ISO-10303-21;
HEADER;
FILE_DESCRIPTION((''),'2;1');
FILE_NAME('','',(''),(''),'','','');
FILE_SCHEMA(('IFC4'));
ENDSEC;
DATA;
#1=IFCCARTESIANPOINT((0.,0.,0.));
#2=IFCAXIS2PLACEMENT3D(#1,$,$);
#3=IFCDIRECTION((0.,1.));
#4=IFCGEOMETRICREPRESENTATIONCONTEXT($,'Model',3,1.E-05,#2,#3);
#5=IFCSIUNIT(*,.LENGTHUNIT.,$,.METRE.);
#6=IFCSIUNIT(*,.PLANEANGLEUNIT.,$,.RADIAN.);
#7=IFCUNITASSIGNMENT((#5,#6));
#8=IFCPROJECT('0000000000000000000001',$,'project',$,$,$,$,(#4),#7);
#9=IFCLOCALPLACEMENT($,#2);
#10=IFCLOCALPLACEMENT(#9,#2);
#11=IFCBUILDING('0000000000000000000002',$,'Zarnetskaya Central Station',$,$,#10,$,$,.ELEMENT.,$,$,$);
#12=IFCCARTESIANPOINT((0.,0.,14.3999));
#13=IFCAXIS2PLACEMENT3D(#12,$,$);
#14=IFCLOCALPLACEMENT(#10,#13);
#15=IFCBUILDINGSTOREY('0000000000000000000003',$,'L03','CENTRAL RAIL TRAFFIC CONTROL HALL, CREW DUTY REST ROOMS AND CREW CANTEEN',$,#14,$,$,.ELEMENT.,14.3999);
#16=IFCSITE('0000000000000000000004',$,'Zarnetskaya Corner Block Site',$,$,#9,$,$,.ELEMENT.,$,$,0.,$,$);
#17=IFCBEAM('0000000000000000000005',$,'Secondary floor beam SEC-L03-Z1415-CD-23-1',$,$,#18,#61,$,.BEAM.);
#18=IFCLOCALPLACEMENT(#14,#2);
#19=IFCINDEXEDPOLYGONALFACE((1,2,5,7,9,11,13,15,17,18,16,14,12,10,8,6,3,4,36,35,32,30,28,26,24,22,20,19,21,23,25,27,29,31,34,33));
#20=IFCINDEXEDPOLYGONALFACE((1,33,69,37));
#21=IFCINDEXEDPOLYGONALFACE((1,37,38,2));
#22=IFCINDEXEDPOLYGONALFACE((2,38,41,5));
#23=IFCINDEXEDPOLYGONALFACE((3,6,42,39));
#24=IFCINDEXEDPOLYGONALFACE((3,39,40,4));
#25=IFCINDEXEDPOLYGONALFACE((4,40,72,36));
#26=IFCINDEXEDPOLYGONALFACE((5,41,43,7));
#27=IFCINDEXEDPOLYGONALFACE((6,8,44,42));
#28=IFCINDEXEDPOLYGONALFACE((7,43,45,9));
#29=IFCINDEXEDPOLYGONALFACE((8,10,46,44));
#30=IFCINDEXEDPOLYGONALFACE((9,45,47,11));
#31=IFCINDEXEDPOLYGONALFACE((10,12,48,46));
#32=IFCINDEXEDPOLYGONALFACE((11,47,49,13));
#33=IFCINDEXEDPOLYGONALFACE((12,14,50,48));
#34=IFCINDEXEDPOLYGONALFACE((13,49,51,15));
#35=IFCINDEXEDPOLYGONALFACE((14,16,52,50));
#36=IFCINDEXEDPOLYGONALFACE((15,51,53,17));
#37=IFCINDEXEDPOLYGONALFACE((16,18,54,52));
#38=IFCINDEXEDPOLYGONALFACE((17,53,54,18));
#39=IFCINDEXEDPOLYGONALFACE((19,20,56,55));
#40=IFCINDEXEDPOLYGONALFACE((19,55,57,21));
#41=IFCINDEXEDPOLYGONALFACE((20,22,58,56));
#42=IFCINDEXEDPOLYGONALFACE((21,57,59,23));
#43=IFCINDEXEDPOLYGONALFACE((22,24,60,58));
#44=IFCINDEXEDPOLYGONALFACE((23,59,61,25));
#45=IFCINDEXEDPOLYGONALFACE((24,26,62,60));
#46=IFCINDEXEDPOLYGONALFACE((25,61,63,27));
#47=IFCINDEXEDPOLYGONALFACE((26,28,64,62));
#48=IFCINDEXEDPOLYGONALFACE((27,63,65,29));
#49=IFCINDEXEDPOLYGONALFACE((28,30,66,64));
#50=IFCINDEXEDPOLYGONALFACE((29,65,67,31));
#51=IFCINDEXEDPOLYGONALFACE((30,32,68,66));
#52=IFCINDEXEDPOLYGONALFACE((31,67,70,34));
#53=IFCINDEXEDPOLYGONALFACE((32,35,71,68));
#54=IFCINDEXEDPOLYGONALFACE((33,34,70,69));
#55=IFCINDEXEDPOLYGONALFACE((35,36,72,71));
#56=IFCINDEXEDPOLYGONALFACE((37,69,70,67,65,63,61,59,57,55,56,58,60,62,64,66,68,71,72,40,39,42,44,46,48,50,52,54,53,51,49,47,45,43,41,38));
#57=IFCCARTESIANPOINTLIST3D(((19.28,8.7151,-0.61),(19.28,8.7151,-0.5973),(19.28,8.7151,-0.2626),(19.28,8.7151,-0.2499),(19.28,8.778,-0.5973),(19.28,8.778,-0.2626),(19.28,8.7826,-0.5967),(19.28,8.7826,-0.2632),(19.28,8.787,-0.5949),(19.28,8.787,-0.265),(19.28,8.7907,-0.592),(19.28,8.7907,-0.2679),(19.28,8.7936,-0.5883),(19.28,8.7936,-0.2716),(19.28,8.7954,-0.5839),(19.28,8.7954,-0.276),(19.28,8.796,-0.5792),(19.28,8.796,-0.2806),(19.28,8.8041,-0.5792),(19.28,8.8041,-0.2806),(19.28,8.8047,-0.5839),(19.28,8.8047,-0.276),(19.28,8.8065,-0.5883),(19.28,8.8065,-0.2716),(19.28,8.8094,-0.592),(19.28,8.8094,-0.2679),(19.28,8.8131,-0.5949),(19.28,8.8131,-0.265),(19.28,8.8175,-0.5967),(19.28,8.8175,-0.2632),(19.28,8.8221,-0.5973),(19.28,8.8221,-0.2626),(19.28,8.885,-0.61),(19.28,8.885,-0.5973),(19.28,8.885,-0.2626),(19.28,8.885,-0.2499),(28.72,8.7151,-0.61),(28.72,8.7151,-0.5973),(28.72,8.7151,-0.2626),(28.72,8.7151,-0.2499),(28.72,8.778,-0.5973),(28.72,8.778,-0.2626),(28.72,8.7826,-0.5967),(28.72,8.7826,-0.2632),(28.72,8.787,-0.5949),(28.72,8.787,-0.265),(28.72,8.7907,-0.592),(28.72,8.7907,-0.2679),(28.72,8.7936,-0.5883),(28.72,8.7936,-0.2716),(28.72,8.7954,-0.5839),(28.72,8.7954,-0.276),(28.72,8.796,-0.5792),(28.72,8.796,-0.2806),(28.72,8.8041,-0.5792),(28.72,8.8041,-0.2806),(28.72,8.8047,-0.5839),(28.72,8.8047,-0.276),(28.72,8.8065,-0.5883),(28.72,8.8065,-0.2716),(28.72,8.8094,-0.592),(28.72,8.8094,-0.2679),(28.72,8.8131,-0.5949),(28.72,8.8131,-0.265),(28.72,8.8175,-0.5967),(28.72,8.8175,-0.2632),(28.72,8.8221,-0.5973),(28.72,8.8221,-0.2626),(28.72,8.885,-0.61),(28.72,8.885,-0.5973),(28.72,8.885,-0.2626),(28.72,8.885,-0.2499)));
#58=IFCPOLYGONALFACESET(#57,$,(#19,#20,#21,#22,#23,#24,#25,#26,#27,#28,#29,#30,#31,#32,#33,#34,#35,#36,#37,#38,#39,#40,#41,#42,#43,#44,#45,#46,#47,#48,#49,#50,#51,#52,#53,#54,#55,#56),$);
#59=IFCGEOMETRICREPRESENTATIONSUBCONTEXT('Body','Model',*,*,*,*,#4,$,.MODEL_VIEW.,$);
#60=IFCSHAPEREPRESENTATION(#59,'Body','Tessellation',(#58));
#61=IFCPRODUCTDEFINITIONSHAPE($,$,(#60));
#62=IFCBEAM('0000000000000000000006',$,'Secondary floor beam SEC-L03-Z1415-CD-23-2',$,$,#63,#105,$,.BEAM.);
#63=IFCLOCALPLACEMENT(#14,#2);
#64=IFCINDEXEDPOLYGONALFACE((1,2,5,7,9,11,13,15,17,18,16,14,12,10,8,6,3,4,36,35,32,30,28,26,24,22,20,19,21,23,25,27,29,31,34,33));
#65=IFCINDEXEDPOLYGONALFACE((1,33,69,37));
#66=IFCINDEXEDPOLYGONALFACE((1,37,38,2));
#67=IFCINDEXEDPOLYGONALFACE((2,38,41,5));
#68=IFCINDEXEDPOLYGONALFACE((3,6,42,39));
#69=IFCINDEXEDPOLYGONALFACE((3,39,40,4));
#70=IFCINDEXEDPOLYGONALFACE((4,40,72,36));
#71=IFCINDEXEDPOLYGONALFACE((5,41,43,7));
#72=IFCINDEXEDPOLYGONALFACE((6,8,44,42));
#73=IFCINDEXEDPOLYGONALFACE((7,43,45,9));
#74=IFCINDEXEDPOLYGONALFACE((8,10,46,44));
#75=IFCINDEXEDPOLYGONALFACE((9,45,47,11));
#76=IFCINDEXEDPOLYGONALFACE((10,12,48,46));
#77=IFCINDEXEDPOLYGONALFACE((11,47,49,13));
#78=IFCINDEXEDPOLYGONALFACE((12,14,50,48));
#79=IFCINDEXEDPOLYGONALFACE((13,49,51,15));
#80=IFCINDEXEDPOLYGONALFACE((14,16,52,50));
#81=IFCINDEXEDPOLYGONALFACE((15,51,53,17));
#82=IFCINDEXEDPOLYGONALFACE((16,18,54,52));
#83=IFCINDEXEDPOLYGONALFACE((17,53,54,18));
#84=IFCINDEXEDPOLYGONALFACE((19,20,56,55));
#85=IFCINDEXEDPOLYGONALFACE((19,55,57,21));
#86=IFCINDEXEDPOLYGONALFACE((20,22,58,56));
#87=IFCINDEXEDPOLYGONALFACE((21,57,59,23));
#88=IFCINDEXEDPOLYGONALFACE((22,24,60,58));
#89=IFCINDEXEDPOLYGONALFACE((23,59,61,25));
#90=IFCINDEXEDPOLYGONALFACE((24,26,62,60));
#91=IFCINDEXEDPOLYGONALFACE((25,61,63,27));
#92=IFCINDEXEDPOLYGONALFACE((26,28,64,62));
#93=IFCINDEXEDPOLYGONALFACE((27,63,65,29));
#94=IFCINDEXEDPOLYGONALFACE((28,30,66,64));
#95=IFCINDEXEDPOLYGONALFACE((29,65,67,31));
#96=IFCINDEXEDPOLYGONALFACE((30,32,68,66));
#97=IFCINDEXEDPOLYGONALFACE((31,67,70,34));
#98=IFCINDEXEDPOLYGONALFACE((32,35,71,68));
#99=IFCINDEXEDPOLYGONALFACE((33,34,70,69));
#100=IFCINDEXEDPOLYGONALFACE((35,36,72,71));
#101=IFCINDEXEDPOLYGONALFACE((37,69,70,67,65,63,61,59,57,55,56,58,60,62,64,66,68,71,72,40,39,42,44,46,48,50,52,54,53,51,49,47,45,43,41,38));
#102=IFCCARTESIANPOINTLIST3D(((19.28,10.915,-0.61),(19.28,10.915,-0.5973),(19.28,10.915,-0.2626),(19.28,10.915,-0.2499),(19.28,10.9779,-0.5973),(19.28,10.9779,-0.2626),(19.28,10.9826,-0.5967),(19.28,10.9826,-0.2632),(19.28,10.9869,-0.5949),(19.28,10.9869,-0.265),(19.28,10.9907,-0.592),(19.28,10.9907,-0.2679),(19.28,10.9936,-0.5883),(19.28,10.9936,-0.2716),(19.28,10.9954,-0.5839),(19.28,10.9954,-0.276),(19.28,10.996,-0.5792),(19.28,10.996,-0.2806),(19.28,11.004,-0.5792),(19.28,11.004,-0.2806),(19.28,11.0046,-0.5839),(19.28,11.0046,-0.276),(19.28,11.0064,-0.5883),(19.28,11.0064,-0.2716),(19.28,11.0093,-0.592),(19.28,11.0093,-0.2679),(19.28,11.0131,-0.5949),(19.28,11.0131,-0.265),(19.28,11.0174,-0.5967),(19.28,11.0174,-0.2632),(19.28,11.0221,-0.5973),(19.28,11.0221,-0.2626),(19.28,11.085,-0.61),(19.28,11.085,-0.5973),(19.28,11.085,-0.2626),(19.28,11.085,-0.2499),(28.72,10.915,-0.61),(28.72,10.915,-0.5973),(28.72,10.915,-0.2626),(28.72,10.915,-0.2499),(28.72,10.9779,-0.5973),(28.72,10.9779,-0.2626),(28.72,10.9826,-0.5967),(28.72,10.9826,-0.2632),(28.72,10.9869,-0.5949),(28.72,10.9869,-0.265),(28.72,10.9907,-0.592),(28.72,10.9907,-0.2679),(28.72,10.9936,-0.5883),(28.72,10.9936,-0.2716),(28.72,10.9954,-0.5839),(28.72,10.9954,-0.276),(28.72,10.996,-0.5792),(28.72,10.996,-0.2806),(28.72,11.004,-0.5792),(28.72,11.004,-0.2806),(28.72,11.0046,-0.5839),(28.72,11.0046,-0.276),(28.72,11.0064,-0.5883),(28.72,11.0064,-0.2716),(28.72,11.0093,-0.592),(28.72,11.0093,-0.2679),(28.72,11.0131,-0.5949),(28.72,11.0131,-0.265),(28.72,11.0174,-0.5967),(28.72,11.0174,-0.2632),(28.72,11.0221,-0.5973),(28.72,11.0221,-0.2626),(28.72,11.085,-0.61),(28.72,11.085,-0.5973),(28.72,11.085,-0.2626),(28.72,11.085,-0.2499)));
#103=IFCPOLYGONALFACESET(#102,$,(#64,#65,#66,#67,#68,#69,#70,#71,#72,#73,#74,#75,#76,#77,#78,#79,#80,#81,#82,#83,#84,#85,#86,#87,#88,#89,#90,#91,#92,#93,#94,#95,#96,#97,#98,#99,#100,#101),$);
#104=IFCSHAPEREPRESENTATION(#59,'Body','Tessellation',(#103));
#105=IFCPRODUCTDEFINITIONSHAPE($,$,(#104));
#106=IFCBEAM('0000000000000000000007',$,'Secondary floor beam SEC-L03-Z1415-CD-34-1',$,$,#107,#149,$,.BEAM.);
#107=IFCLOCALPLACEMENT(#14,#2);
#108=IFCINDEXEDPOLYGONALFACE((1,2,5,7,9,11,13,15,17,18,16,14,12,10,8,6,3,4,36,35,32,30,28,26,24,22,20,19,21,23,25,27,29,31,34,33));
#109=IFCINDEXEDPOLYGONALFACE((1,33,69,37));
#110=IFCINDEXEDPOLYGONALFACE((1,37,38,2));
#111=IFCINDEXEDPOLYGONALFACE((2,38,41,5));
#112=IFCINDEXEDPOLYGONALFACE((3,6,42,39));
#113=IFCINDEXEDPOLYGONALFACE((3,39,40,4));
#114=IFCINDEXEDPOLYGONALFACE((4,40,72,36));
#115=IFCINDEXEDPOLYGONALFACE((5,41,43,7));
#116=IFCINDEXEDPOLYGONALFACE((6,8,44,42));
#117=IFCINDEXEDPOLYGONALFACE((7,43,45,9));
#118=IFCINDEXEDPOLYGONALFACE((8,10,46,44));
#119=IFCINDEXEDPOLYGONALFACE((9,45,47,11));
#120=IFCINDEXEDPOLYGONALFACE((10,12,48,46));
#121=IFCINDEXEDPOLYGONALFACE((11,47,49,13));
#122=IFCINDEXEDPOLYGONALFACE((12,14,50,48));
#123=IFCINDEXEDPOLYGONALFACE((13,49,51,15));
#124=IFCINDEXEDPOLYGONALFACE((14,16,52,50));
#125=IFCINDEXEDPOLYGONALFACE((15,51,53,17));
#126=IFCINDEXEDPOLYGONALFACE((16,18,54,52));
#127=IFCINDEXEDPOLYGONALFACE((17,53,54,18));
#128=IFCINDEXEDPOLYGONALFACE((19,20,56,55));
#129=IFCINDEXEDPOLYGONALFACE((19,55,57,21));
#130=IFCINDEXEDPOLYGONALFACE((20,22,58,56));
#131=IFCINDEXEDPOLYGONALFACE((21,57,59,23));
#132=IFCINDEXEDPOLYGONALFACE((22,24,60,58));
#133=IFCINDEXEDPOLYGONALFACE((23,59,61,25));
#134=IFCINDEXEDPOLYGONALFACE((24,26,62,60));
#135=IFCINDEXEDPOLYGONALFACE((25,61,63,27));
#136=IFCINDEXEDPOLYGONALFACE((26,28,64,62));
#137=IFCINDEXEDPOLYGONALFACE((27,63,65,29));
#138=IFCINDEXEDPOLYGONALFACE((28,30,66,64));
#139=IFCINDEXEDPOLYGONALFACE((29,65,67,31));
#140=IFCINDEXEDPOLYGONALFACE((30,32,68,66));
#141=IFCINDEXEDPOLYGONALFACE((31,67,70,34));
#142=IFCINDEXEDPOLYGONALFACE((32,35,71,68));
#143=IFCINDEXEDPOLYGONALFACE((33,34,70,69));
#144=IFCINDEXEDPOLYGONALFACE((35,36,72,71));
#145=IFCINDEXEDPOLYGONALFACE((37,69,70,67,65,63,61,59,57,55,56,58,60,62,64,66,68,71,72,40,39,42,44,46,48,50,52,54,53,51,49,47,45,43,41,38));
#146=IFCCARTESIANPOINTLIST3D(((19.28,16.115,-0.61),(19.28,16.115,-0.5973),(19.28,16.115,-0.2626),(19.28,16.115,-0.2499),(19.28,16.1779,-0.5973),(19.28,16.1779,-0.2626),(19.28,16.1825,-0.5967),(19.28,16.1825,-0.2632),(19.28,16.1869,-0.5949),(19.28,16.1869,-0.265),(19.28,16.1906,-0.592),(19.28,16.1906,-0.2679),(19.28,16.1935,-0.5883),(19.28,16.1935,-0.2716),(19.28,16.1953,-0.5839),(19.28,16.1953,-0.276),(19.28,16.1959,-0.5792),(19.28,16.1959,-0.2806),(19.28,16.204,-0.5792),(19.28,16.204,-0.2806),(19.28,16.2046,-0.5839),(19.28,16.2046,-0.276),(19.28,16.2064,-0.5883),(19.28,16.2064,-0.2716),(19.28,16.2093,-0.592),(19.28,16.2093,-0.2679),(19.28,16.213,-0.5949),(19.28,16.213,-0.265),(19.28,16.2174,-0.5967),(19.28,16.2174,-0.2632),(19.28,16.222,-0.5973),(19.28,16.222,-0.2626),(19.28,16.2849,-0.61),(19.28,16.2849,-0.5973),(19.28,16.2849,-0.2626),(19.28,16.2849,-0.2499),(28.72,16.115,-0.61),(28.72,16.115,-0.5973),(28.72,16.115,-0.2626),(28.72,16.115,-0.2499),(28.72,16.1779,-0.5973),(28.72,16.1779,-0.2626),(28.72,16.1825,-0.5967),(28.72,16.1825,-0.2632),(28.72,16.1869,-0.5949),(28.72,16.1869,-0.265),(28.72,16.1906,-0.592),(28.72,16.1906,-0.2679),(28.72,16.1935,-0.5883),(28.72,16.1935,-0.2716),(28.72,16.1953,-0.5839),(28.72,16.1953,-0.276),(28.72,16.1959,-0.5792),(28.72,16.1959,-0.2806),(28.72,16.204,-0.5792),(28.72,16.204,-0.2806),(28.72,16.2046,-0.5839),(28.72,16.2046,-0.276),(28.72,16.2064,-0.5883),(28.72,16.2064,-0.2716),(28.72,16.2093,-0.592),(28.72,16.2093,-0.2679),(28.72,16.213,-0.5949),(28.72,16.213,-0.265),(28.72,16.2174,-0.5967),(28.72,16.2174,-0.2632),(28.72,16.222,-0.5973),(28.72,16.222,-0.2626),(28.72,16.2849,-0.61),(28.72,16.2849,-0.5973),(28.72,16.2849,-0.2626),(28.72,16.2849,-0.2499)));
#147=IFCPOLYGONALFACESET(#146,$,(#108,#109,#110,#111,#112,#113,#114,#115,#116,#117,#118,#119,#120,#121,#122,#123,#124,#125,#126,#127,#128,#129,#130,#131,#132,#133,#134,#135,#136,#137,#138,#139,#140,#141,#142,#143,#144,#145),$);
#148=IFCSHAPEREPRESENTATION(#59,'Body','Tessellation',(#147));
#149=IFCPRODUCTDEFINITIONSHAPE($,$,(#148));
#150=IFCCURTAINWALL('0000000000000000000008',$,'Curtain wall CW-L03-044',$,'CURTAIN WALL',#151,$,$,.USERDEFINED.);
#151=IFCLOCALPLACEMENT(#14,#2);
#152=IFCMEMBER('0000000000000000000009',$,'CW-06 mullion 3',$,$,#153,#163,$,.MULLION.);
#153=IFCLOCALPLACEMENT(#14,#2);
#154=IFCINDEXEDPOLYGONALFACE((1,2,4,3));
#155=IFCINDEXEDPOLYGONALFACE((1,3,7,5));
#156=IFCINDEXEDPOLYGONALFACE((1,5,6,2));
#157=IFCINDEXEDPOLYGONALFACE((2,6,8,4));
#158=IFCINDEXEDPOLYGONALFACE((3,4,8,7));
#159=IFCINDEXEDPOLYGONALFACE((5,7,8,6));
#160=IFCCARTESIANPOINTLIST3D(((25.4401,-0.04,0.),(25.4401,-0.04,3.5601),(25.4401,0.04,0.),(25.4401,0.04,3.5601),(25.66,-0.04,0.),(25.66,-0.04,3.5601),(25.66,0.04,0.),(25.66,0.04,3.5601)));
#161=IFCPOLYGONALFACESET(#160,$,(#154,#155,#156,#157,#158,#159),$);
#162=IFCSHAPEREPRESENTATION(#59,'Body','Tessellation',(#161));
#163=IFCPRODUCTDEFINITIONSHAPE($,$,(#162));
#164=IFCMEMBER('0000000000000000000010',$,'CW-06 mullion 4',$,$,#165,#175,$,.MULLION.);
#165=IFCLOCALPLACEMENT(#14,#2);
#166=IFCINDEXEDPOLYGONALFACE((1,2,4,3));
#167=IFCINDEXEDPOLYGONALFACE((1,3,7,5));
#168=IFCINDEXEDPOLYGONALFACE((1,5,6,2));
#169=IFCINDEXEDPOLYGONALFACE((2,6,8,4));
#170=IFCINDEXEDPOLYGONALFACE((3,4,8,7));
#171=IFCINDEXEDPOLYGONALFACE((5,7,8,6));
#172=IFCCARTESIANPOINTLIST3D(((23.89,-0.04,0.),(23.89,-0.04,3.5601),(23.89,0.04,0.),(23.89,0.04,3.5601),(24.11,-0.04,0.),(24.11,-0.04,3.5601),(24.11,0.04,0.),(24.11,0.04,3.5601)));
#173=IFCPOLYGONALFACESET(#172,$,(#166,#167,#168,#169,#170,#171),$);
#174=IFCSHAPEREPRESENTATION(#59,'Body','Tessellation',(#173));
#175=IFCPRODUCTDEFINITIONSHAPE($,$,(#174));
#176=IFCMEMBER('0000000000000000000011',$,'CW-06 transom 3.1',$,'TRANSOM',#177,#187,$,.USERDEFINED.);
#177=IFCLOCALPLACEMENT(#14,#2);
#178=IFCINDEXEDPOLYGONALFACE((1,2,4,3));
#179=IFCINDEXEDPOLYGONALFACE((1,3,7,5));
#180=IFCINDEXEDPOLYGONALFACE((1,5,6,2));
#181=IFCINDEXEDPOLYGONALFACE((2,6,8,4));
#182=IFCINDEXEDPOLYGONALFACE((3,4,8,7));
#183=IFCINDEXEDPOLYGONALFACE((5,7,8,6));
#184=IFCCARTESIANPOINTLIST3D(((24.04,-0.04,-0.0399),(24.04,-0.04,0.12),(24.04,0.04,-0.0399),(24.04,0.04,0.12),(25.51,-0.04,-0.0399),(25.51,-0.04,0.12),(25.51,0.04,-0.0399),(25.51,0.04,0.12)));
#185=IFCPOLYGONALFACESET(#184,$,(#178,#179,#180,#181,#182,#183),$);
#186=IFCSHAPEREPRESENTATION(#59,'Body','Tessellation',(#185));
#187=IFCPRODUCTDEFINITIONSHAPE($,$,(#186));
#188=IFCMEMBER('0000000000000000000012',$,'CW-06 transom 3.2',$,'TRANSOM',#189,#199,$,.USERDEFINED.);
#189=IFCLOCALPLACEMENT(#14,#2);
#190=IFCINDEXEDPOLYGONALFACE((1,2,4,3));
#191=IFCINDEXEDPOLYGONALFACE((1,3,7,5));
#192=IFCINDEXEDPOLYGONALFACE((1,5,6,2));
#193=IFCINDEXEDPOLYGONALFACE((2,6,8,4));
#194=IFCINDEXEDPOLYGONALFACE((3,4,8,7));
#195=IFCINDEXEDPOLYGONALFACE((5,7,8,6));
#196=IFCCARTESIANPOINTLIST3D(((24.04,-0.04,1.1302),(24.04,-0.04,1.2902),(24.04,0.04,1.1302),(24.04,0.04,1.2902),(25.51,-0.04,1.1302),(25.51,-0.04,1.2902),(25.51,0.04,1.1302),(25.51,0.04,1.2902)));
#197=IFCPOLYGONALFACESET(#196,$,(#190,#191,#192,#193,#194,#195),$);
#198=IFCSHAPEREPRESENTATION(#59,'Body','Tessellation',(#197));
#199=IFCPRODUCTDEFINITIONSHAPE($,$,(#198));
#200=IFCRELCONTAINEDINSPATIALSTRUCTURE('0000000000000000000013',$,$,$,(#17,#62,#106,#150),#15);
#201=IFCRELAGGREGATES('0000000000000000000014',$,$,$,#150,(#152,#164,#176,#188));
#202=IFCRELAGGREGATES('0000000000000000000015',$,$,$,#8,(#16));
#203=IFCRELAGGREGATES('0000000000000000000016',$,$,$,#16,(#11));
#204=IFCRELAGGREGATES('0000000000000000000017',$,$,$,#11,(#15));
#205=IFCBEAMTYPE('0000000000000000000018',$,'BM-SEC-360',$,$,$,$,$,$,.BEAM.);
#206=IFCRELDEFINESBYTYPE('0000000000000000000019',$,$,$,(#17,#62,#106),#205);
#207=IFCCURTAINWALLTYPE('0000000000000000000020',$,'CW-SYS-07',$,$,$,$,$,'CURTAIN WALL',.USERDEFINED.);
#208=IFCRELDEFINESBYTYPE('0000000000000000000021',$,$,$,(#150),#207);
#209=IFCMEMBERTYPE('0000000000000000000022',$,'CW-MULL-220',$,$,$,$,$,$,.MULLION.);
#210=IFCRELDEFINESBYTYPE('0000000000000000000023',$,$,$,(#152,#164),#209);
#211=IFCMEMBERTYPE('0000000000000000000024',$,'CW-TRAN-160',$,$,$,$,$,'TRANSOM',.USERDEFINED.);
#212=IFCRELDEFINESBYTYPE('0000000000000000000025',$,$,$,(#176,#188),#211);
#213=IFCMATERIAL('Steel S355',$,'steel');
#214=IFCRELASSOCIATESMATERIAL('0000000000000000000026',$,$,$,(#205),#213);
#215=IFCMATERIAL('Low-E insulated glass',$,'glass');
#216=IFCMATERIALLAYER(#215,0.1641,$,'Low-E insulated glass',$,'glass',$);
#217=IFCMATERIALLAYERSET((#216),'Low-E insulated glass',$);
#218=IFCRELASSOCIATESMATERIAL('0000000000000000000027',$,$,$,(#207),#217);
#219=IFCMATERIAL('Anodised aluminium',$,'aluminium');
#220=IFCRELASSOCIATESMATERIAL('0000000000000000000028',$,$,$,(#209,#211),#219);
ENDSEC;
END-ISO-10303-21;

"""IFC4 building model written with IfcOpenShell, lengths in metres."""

from ifc_helpers import new_model, si_unit, direction, frame, origin, origin_2d, place, context, subcontext, project, spatial, rectangle, i_section, extrude, material, layer, layer_set, material_profile, profile_set, type_object, element, aggregate, save


model = new_model("IFC4")

# Units and contexts
model_context = context("Model", 3, precision=1e-05, world=origin(), true_north=direction((0.0, 1.0)))
body_context = subcontext(model_context, "Body", "Model", "MODEL_VIEW")
ifc_project = project(units=[si_unit("LENGTHUNIT", "METRE"), si_unit("PLANEANGLEUNIT", "RADIAN")], contexts=[model_context])

# Site, building, storey
site_placement = place(None, origin())
site = spatial("IfcSite", under=ifc_project, at=site_placement, Name="Zarnetskaya Corner Block Site", CompositionType="ELEMENT", RefElevation=0.0)
building_placement = place(site_placement, origin())
building = spatial("IfcBuilding", under=site, at=building_placement, Name="Zarnetskaya Central Station", CompositionType="ELEMENT")
storey_placement = place(building_placement, frame((0.0, 0.0, 14.3999)))
storey = spatial("IfcBuildingStorey", under=building, at=storey_placement, Name="L03", Description="CENTRAL RAIL TRAFFIC CONTROL HALL, CREW DUTY REST ROOMS AND CREW CANTEEN", CompositionType="ELEMENT", Elevation=14.3999)

# Shared definitions
ifc_material_1 = material(Name="Steel S355", Category="steel")

# Beams
ifc_material_profile_1 = material_profile(ifc_material_1, i_section(OverallWidth=0.1699, OverallDepth=0.3601, WebThickness=0.0081, FlangeThickness=0.0127, FilletRadius=0.0181, at=origin_2d()), Name="IPE 360")
ifc_profile_set_1 = profile_set([ifc_material_profile_1], Name="Steel S355")
beam_type_1 = type_object("IfcBeamType", Name="BM-SEC-360", PredefinedType="BEAM", material=ifc_profile_set_1)
for number, where, z_axis, x_axis, name in (
    (1, (19.28, 8.8, -0.4299), (1.0, 0.0, 0.0), (0.0, 1.0, 0.0), "Secondary floor beam SEC-L03-Z1415-CD-23-1"),
    (2, (19.28, 11.0, -0.4299), (1.0, 0.0, 0.0), (0.0, 1.0, 0.0), "Secondary floor beam SEC-L03-Z1415-CD-23-2"),
    (3, (19.28, 16.2, -0.4299), (1.0, 0.0, 0.0), (0.0, 1.0, 0.0), "Secondary floor beam SEC-L03-Z1415-CD-34-1"),
):
    element("IfcBeam", number, at=place(storey_placement, frame(where, z_axis=z_axis, x_axis=x_axis)), inside=storey, type_object=beam_type_1, Name=name, PredefinedType="BEAM", context=body_context, shape_type="SweptSolid", body=[
        extrude(i_section(OverallWidth=0.1699, OverallDepth=0.3601, WebThickness=0.0081, FlangeThickness=0.0127, FilletRadius=0.0181, at=origin_2d()), origin(), (0.0, 0.0, 1.0), 9.4399),
    ])

# Curtain wall, members
ifc_material_2 = material(Name="Low-E insulated glass", Category="glass")
ifc_layer_1 = layer(ifc_material_2, 0.1641, Name="Low-E insulated glass", Category="glass")
ifc_layer_set_1 = layer_set([ifc_layer_1], Name="Low-E insulated glass")
curtain_wall_type = type_object("IfcCurtainWallType", Name="CW-SYS-07", ElementType="CURTAIN WALL", PredefinedType="USERDEFINED", material=ifc_layer_set_1)
curtain_wall_placement = place(storey_placement, origin())
curtain_wall = element("IfcCurtainWall", 4, at=curtain_wall_placement, inside=storey, type_object=curtain_wall_type, Name="Curtain wall CW-L03-044", ObjectType="CURTAIN WALL", PredefinedType="USERDEFINED")
ifc_material_3 = material(Name="Anodised aluminium", Category="aluminium")
ifc_material_profile_2 = material_profile(ifc_material_3, rectangle(XDim=0.0801, YDim=0.22, at=origin_2d()), Name="ALU MULL 80x220")
ifc_profile_set_2 = profile_set([ifc_material_profile_2], Name="Anodised aluminium")
member_type_1 = type_object("IfcMemberType", Name="CW-MULL-220", PredefinedType="MULLION", material=ifc_profile_set_2)
member_1_placement = place(storey_placement, frame((25.55, 0.0, 0.0), z_axis=(0.0, 0.0, 1.0), x_axis=(0.0, -1.0, 0.0)))
member_1 = element("IfcMember", 5, at=member_1_placement, type_object=member_type_1, Name="CW-06 mullion 3", PredefinedType="MULLION", context=body_context, shape_type="SweptSolid", body=[
    extrude(rectangle(XDim=0.0801, YDim=0.22, at=origin_2d()), origin(), (0.0, 0.0, 1.0), 3.5601),
])
member_2_placement = place(storey_placement, frame((24.0, 0.0, 0.0), z_axis=(0.0, 0.0, 1.0), x_axis=(0.0, -1.0, 0.0)))
member_2 = element("IfcMember", 6, at=member_2_placement, type_object=member_type_1, Name="CW-06 mullion 4", PredefinedType="MULLION", context=body_context, shape_type="SweptSolid", body=[
    extrude(rectangle(XDim=0.0801, YDim=0.22, at=origin_2d()), origin(), (0.0, 0.0, 1.0), 3.5601),
])
ifc_material_profile_3 = material_profile(ifc_material_3, rectangle(XDim=0.0801, YDim=0.1599, at=origin_2d()), Name="ALU TRAN 80x160")
ifc_profile_set_3 = profile_set([ifc_material_profile_3], Name="Anodised aluminium")
member_type_2 = type_object("IfcMemberType", Name="CW-TRAN-160", ElementType="TRANSOM", PredefinedType="USERDEFINED", material=ifc_profile_set_3)
member_3_placement = place(storey_placement, frame((25.51, 0.0, 0.04), z_axis=(-1.0, 0.0, 0.0), x_axis=(0.0, -1.0, 0.0)))
member_3 = element("IfcMember", 7, at=member_3_placement, type_object=member_type_2, Name="CW-06 transom 3.1", ObjectType="TRANSOM", PredefinedType="USERDEFINED", context=body_context, shape_type="SweptSolid", body=[
    extrude(rectangle(XDim=0.0801, YDim=0.1599, at=origin_2d()), origin(), (0.0, 0.0, 1.0), 1.47),
])
member_4_placement = place(storey_placement, frame((25.51, 0.0, 1.2102), z_axis=(-1.0, 0.0, 0.0), x_axis=(0.0, -1.0, 0.0)))
member_4 = element("IfcMember", 8, at=member_4_placement, type_object=member_type_2, Name="CW-06 transom 3.2", ObjectType="TRANSOM", PredefinedType="USERDEFINED", context=body_context, shape_type="SweptSolid", body=[
    extrude(rectangle(XDim=0.0801, YDim=0.1599, at=origin_2d()), origin(), (0.0, 0.0, 1.0), 1.47),
])

aggregate(curtain_wall, [member_1, member_2, member_3, member_4])

save(model, "model.ifc")
